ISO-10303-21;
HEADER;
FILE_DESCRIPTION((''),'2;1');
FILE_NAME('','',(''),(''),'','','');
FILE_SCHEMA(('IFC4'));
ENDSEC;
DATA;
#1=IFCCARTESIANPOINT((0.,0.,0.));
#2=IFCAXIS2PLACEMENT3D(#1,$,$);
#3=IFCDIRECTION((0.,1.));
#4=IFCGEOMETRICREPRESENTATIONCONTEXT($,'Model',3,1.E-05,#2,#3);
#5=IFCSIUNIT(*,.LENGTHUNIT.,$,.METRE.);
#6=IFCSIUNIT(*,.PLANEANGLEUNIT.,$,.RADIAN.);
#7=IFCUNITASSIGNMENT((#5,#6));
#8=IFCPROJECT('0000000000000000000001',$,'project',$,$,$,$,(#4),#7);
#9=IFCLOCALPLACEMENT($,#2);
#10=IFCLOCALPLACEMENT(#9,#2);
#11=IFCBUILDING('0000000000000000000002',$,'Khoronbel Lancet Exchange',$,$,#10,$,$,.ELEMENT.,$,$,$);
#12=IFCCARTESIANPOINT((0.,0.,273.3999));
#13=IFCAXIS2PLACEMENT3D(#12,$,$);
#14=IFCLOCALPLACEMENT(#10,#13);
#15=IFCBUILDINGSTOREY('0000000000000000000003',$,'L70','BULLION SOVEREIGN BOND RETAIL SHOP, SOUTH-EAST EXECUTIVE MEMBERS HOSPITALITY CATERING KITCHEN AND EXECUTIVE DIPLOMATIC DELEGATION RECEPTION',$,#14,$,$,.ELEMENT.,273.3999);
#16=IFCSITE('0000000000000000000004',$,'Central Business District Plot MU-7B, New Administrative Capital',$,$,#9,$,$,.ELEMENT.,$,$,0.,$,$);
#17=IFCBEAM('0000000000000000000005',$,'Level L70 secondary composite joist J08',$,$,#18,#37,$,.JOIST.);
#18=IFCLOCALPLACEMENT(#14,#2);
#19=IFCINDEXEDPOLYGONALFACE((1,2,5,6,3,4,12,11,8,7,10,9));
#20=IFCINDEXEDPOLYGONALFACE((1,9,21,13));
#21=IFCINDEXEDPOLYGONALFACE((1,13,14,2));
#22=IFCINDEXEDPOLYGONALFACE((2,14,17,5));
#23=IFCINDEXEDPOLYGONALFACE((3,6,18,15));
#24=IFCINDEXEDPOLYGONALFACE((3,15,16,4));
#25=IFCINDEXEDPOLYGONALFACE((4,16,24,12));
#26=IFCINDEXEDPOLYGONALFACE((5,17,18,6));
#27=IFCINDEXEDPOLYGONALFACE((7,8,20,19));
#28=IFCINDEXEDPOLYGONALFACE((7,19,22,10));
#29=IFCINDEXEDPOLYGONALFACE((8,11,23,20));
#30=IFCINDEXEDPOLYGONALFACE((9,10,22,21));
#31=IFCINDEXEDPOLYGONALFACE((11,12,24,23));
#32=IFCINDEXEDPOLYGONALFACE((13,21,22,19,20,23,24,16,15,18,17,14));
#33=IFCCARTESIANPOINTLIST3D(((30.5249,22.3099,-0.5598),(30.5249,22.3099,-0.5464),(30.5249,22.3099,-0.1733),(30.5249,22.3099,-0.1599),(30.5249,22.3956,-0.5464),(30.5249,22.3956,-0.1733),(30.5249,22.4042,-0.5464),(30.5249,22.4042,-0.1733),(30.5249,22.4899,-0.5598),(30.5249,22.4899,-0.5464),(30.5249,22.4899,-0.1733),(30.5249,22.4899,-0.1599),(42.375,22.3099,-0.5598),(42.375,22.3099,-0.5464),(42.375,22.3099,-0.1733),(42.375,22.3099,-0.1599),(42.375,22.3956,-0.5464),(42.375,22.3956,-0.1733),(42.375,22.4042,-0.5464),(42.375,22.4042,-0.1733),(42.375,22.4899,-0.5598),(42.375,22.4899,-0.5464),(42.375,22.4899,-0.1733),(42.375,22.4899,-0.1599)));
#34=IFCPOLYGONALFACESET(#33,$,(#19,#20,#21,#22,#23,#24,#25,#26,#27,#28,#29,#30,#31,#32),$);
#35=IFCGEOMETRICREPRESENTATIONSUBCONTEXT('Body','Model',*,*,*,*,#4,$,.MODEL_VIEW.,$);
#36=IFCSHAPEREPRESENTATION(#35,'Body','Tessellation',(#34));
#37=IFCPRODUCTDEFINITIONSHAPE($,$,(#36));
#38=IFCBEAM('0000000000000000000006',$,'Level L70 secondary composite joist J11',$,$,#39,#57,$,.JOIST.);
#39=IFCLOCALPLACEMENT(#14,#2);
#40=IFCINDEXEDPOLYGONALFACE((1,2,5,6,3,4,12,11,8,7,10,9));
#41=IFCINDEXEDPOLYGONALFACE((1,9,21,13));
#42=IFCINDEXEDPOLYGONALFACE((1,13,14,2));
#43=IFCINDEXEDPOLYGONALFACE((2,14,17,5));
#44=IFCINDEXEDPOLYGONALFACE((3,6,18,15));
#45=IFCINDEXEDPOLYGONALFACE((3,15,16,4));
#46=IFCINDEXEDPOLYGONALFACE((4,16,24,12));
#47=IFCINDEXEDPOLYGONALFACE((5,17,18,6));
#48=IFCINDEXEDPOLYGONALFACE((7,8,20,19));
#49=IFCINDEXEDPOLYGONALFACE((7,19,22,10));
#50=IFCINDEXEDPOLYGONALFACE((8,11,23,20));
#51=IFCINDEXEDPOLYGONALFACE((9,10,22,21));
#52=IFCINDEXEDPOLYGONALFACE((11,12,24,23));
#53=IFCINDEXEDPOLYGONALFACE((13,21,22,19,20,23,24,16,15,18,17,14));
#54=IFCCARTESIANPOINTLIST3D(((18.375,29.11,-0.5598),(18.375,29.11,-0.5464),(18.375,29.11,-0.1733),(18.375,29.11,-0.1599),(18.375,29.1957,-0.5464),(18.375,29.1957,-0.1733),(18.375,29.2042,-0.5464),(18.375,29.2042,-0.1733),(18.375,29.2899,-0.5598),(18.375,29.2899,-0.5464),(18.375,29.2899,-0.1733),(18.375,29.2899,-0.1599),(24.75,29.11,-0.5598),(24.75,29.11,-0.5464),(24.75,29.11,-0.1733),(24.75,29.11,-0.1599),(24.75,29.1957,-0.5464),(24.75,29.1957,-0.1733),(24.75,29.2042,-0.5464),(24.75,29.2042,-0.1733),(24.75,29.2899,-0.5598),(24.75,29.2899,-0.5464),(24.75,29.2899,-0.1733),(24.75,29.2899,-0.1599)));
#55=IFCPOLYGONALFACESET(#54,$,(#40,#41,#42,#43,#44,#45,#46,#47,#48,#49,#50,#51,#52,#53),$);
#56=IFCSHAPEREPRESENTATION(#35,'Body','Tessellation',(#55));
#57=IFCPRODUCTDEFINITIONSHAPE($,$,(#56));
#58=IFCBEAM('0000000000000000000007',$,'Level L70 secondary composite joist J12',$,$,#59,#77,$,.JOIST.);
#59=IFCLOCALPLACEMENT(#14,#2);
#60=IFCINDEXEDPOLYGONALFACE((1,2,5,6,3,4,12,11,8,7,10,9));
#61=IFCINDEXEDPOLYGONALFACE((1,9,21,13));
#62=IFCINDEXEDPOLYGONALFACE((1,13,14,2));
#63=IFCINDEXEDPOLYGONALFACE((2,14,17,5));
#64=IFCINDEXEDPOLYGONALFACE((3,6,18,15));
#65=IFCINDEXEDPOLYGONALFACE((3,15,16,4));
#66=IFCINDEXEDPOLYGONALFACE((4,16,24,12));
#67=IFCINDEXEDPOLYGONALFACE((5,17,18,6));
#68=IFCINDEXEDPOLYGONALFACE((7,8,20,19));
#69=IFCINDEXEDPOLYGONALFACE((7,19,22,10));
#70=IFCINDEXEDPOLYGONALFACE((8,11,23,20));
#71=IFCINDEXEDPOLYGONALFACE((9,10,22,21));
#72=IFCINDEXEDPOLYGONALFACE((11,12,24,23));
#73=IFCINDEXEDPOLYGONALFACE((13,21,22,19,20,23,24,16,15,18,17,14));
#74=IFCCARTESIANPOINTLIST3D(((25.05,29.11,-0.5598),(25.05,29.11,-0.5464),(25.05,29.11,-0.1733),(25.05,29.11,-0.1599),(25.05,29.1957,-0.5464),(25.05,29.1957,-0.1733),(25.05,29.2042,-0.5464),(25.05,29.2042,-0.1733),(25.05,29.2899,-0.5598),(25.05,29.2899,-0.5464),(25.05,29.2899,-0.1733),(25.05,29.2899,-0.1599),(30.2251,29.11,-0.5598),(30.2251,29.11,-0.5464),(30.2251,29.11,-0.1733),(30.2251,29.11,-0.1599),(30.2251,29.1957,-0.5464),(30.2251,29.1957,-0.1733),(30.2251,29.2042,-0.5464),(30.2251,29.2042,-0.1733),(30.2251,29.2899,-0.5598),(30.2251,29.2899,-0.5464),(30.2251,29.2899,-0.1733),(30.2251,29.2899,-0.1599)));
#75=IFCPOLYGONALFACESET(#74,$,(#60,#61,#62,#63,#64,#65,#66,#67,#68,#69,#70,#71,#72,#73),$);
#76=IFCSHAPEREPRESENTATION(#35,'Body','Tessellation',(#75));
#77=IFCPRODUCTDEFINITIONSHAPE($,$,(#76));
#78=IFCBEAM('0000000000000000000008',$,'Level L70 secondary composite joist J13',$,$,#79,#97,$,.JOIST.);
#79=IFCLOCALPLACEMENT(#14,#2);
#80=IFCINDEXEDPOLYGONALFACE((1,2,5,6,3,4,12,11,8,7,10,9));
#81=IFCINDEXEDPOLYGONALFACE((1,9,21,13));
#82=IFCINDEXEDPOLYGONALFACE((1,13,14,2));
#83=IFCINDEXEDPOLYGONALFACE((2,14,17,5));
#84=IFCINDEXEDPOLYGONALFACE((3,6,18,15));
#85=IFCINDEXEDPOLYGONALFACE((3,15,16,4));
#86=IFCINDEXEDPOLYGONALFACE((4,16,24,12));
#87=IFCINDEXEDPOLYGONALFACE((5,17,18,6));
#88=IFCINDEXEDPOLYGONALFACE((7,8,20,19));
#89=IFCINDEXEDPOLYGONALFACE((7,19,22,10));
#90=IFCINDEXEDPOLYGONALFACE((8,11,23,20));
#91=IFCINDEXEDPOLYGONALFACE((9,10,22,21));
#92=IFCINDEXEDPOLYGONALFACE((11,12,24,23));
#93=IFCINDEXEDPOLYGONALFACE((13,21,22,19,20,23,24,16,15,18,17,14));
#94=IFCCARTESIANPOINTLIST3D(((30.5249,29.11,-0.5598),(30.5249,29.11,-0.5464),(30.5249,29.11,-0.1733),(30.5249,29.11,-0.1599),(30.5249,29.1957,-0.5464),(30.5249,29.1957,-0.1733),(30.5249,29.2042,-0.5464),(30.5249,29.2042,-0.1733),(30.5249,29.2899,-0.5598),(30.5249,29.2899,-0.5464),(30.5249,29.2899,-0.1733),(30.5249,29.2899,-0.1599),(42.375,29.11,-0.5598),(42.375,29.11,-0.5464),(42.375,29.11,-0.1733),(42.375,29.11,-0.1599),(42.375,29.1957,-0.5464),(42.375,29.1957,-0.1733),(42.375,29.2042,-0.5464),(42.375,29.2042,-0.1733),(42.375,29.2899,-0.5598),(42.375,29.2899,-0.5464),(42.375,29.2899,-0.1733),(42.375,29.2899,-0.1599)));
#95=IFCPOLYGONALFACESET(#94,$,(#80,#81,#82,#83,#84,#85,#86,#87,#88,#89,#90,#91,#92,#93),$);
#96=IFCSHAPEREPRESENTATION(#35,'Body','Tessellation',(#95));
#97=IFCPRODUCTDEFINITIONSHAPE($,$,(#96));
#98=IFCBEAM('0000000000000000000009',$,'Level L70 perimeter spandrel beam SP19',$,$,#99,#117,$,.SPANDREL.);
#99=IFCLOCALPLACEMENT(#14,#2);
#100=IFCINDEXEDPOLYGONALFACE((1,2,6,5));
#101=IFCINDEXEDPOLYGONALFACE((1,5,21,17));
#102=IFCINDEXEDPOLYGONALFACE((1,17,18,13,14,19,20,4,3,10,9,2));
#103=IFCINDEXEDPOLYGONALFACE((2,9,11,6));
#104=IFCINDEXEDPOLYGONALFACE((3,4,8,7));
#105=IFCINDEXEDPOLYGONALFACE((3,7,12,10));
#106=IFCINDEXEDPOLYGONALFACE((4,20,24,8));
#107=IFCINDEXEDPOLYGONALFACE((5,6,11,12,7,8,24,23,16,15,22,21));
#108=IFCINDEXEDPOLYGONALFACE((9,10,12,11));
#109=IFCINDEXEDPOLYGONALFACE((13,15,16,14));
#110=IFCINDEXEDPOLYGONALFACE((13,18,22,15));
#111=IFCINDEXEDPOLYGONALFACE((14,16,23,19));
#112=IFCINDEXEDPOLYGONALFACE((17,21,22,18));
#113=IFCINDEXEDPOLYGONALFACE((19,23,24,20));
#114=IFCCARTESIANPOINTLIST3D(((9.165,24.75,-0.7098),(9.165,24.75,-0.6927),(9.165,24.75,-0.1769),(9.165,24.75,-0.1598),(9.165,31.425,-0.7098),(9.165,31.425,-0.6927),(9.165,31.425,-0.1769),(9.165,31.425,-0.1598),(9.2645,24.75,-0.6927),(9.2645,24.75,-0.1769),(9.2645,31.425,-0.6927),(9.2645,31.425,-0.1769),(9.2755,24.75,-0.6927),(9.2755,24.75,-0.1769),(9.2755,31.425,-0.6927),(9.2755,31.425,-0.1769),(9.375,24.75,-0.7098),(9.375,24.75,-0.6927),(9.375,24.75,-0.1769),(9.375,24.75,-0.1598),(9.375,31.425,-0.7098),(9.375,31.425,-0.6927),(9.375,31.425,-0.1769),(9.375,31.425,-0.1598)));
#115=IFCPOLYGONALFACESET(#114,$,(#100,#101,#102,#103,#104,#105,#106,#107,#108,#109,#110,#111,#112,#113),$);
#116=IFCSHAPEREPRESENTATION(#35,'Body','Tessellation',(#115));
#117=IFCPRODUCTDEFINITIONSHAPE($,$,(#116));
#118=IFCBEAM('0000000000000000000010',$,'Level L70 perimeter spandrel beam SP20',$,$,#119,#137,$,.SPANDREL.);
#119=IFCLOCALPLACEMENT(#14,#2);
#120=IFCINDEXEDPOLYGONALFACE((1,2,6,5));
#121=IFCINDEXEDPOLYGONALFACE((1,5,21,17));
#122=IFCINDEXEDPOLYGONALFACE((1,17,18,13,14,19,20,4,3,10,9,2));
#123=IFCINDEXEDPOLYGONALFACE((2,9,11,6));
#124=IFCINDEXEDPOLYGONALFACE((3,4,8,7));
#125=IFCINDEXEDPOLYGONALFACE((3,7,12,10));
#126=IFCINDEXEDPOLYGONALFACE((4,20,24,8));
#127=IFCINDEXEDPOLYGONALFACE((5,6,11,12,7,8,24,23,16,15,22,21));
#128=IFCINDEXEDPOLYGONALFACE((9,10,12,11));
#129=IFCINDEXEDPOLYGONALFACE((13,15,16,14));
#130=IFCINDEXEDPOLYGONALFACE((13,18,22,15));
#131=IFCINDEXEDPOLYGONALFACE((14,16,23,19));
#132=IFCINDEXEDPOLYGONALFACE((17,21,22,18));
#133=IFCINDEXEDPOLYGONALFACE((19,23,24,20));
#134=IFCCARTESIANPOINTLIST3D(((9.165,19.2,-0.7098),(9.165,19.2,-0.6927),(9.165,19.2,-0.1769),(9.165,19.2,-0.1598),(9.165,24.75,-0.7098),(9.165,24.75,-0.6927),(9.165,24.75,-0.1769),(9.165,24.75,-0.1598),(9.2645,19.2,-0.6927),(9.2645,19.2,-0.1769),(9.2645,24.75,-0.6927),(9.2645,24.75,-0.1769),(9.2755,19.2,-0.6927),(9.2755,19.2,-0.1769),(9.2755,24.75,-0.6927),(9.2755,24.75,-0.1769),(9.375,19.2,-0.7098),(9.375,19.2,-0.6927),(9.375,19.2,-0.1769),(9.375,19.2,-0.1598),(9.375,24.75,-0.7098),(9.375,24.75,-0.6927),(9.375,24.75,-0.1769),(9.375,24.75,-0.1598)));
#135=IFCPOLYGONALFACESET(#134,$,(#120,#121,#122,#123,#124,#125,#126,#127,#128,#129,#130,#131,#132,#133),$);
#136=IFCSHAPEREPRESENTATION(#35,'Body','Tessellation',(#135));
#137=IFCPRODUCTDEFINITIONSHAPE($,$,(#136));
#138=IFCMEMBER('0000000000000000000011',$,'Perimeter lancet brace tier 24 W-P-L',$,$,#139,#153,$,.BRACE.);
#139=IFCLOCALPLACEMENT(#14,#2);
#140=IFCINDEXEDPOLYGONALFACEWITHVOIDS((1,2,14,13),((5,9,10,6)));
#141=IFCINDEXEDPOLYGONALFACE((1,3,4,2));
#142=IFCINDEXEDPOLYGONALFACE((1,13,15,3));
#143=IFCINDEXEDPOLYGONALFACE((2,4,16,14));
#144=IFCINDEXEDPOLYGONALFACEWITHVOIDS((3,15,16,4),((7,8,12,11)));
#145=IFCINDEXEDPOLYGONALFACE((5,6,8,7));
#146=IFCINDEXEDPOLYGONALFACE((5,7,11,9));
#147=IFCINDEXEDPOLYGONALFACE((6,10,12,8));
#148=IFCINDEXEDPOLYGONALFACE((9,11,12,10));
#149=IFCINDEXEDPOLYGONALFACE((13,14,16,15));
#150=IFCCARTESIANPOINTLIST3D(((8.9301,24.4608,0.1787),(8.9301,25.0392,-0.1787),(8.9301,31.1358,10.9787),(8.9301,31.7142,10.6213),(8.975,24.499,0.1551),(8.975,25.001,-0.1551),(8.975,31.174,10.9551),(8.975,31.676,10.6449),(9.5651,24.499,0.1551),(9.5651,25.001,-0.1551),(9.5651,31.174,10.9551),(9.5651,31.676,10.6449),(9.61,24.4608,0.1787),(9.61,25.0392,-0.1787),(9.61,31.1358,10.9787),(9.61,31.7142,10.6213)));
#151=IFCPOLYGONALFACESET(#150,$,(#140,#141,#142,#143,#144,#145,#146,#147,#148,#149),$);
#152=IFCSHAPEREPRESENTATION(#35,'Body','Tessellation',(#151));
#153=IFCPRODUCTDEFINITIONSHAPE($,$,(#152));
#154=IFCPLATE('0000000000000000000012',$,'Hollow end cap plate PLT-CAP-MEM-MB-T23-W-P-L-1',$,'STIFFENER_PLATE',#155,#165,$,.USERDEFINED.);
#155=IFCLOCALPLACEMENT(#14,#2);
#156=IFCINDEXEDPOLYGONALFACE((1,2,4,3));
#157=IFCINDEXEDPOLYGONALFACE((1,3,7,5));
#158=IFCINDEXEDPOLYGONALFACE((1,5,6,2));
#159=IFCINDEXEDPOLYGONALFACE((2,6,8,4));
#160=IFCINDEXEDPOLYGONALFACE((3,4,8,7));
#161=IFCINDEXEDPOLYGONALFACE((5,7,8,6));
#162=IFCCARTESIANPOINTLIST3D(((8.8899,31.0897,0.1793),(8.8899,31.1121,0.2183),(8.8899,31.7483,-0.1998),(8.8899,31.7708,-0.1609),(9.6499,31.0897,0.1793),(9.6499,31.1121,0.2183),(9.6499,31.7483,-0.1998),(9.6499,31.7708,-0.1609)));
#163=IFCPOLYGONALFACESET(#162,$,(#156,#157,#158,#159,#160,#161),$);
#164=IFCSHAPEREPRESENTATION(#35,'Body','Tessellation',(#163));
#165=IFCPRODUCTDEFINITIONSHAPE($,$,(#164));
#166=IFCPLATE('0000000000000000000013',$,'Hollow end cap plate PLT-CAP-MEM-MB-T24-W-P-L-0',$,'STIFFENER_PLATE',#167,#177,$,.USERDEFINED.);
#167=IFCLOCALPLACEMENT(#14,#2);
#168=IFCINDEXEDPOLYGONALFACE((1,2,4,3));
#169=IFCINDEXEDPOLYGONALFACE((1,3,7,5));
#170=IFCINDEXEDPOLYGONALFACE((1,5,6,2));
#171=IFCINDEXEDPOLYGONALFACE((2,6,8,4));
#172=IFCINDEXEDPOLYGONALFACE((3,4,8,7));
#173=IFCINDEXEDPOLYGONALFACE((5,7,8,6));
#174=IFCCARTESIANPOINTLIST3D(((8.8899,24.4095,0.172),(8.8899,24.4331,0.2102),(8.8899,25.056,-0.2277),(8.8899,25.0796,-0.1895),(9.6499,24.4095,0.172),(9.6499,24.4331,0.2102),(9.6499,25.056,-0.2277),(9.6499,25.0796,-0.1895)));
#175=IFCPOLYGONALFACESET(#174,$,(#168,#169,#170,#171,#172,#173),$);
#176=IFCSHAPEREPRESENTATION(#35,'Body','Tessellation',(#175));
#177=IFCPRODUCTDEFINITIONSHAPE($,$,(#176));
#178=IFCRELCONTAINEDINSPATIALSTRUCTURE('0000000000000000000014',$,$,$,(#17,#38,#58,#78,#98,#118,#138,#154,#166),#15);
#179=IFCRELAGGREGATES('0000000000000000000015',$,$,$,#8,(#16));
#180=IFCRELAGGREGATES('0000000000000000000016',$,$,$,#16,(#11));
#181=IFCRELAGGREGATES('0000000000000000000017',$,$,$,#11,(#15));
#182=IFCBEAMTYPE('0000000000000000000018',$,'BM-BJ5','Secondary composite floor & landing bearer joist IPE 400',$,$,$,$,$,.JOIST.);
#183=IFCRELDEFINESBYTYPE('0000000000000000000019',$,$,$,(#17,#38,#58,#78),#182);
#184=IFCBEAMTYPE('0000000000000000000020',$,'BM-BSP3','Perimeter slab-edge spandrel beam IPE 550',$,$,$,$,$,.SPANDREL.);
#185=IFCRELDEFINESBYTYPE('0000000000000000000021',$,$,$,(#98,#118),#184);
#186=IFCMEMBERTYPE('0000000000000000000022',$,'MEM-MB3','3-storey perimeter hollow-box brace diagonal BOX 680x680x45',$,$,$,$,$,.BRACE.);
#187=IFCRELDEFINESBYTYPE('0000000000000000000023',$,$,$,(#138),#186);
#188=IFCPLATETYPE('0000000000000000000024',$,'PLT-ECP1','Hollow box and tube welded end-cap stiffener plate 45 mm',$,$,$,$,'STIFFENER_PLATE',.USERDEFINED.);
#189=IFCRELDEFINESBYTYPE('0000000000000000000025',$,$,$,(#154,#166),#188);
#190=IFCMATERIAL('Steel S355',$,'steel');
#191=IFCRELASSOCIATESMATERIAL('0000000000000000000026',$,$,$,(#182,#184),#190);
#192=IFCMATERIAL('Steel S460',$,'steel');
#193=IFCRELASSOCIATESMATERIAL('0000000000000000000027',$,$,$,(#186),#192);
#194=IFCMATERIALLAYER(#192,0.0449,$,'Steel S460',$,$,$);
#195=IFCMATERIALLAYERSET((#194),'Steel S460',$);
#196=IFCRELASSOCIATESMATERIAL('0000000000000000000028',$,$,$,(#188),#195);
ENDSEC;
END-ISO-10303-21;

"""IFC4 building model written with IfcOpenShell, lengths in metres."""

from ifc_helpers import new_model, si_unit, direction, frame, origin, origin_2d, place, context, subcontext, project, spatial, polyline, hollow_rectangle, i_section, outline, extrude, material, layer, layer_set, material_profile, profile_set, type_object, element, save


model = new_model("IFC4")

# Units and contexts
model_context = context("Model", 3, precision=1e-05, world=origin(), true_north=direction((0.0, 1.0)))
body_context = subcontext(model_context, "Body", "Model", "MODEL_VIEW")
ifc_project = project(units=[si_unit("LENGTHUNIT", "METRE"), si_unit("PLANEANGLEUNIT", "RADIAN")], contexts=[model_context])

# Site, building, storey
site_placement = place(None, origin())
site = spatial("IfcSite", under=ifc_project, at=site_placement, Name="Central Business District Plot MU-7B, New Administrative Capital", CompositionType="ELEMENT", RefElevation=0.0)
building_placement = place(site_placement, origin())
building = spatial("IfcBuilding", under=site, at=building_placement, Name="Khoronbel Lancet Exchange", CompositionType="ELEMENT")
storey_placement = place(building_placement, frame((0.0, 0.0, 273.3999)))
storey = spatial("IfcBuildingStorey", under=building, at=storey_placement, Name="L70", Description="BULLION SOVEREIGN BOND RETAIL SHOP, SOUTH-EAST EXECUTIVE MEMBERS HOSPITALITY CATERING KITCHEN AND EXECUTIVE DIPLOMATIC DELEGATION RECEPTION", CompositionType="ELEMENT", Elevation=273.3999)

# Shared definitions
ifc_material_1 = material(Name="Steel S355", Category="steel")

# Beams
ifc_material_profile_1 = material_profile(ifc_material_1, i_section(OverallWidth=0.1799, OverallDepth=0.3999, WebThickness=0.0085, FlangeThickness=0.0134, at=origin_2d()), Name="IPE 400")
ifc_profile_set_1 = profile_set([ifc_material_profile_1], Name="Steel S355")
beam_type_1 = type_object("IfcBeamType", Name="BM-BJ5", Description="Secondary composite floor & landing bearer joist IPE 400", PredefinedType="JOIST", material=ifc_profile_set_1)
beam_1_placement = place(storey_placement, frame((30.5249, 22.3999, -0.3599), z_axis=(1.0, 0.0, 0.0), x_axis=(0.0, 1.0, 0.0)))
element("IfcBeam", 1, at=beam_1_placement, inside=storey, type_object=beam_type_1, Name="Level L70 secondary composite joist J08", PredefinedType="JOIST", context=body_context, shape_type="SweptSolid", body=[
    extrude(i_section(OverallWidth=0.1799, OverallDepth=0.3999, WebThickness=0.0085, FlangeThickness=0.0134, at=origin_2d()), origin(), (0.0, 0.0, 1.0), 11.8501),
])
beam_2_placement = place(storey_placement, frame((18.375, 29.2, -0.3599), z_axis=(1.0, 0.0, 0.0), x_axis=(0.0, 1.0, 0.0)))
element("IfcBeam", 2, at=beam_2_placement, inside=storey, type_object=beam_type_1, Name="Level L70 secondary composite joist J11", PredefinedType="JOIST", context=body_context, shape_type="SweptSolid", body=[
    extrude(i_section(OverallWidth=0.1799, OverallDepth=0.3999, WebThickness=0.0085, FlangeThickness=0.0134, at=origin_2d()), origin(), (0.0, 0.0, 1.0), 6.375),
])
beam_3_placement = place(storey_placement, frame((25.05, 29.2, -0.3599), z_axis=(1.0, 0.0, 0.0), x_axis=(0.0, 1.0, 0.0)))
element("IfcBeam", 3, at=beam_3_placement, inside=storey, type_object=beam_type_1, Name="Level L70 secondary composite joist J12", PredefinedType="JOIST", context=body_context, shape_type="SweptSolid", body=[
    extrude(i_section(OverallWidth=0.1799, OverallDepth=0.3999, WebThickness=0.0085, FlangeThickness=0.0134, at=origin_2d()), origin(), (0.0, 0.0, 1.0), 5.175),
])
beam_4_placement = place(storey_placement, frame((30.5249, 29.2, -0.3599), z_axis=(1.0, 0.0, 0.0), x_axis=(0.0, 1.0, 0.0)))
element("IfcBeam", 4, at=beam_4_placement, inside=storey, type_object=beam_type_1, Name="Level L70 secondary composite joist J13", PredefinedType="JOIST", context=body_context, shape_type="SweptSolid", body=[
    extrude(i_section(OverallWidth=0.1799, OverallDepth=0.3999, WebThickness=0.0085, FlangeThickness=0.0134, at=origin_2d()), origin(), (0.0, 0.0, 1.0), 11.8501),
])
ifc_material_profile_2 = material_profile(ifc_material_1, i_section(OverallWidth=0.21, OverallDepth=0.55, WebThickness=0.011, FlangeThickness=0.0171, at=origin_2d()), Name="IPE 550")
ifc_profile_set_2 = profile_set([ifc_material_profile_2], Name="Steel S355")
beam_type_2 = type_object("IfcBeamType", Name="BM-BSP3", Description="Perimeter slab-edge spandrel beam IPE 550", PredefinedType="SPANDREL", material=ifc_profile_set_2)
beam_5_placement = place(storey_placement, frame((9.27, 31.425, -0.4348), z_axis=(0.0, -1.0, 0.0), x_axis=(1.0, 0.0, 0.0)))
element("IfcBeam", 5, at=beam_5_placement, inside=storey, type_object=beam_type_2, Name="Level L70 perimeter spandrel beam SP19", PredefinedType="SPANDREL", context=body_context, shape_type="SweptSolid", body=[
    extrude(i_section(OverallWidth=0.21, OverallDepth=0.55, WebThickness=0.011, FlangeThickness=0.0171, at=origin_2d()), origin(), (0.0, 0.0, 1.0), 6.675),
])
beam_6_placement = place(storey_placement, frame((9.27, 24.75, -0.4348), z_axis=(0.0, -1.0, 0.0), x_axis=(1.0, 0.0, 0.0)))
element("IfcBeam", 6, at=beam_6_placement, inside=storey, type_object=beam_type_2, Name="Level L70 perimeter spandrel beam SP20", PredefinedType="SPANDREL", context=body_context, shape_type="SweptSolid", body=[
    extrude(i_section(OverallWidth=0.21, OverallDepth=0.55, WebThickness=0.011, FlangeThickness=0.0171, at=origin_2d()), origin(), (0.0, 0.0, 1.0), 5.55),
])

# Member
ifc_material_2 = material(Name="Steel S460", Category="steel")
ifc_material_profile_3 = material_profile(ifc_material_2, hollow_rectangle(XDim=0.6799, YDim=0.6799, WallThickness=0.0449, at=origin_2d()), Name="BOX 680x680x45")
ifc_profile_set_3 = profile_set([ifc_material_profile_3], Name="Steel S460")
member_type = type_object("IfcMemberType", Name="MEM-MB3", Description="3-storey perimeter hollow-box brace diagonal BOX 680x680x45", PredefinedType="BRACE", material=ifc_profile_set_3)
member_placement = place(storey_placement, frame((9.27, 24.75, 0.0), z_axis=(0.0, 0.525745, 0.850642), x_axis=(-1.0, 0.0, 0.0)))
element("IfcMember", 7, at=member_placement, inside=storey, type_object=member_type, Name="Perimeter lancet brace tier 24 W-P-L", PredefinedType="BRACE", context=body_context, shape_type="SweptSolid", body=[
    extrude(hollow_rectangle(XDim=0.6799, YDim=0.6799, WallThickness=0.0449, at=origin_2d()), origin(), (0.0, 0.0, 1.0), 12.6963),
])

# Plates
ifc_layer_1 = layer(ifc_material_2, 0.0449, Name="Steel S460")
ifc_layer_set_1 = layer_set([ifc_layer_1], Name="Steel S460")
plate_type = type_object("IfcPlateType", Name="PLT-ECP1", Description="Hollow box and tube welded end-cap stiffener plate 45 mm", ElementType="STIFFENER_PLATE", PredefinedType="USERDEFINED", material=ifc_layer_set_1)
for number, where, z_axis, x_axis, name in (
    (8, (9.6499, 31.7708, -0.1609), (0.0, 0.498869, 0.866677), (-1.0, 0.0, 0.0), "Hollow end cap plate PLT-CAP-MEM-MB-T23-W-P-L-1"),
    (9, (9.6499, 25.0796, -0.1895), (0.0, 0.525835, 0.850587), (-1.0, 0.0, 0.0), "Hollow end cap plate PLT-CAP-MEM-MB-T24-W-P-L-0"),
):
    element("IfcPlate", number, at=place(storey_placement, frame(where, z_axis=z_axis, x_axis=x_axis)), inside=storey, type_object=plate_type, Name=name, ObjectType="STIFFENER_PLATE", PredefinedType="USERDEFINED", context=body_context, shape_type="SweptSolid", body=[
        extrude(outline(polyline([(0.0, 0.0), (0.76, 0.0), (0.76, 0.76), (0.0, 0.76), (0.0, 0.0)])), origin(), (0.0, 0.0, -1.0), 0.0449),
    ])

save(model, "model.ifc")
